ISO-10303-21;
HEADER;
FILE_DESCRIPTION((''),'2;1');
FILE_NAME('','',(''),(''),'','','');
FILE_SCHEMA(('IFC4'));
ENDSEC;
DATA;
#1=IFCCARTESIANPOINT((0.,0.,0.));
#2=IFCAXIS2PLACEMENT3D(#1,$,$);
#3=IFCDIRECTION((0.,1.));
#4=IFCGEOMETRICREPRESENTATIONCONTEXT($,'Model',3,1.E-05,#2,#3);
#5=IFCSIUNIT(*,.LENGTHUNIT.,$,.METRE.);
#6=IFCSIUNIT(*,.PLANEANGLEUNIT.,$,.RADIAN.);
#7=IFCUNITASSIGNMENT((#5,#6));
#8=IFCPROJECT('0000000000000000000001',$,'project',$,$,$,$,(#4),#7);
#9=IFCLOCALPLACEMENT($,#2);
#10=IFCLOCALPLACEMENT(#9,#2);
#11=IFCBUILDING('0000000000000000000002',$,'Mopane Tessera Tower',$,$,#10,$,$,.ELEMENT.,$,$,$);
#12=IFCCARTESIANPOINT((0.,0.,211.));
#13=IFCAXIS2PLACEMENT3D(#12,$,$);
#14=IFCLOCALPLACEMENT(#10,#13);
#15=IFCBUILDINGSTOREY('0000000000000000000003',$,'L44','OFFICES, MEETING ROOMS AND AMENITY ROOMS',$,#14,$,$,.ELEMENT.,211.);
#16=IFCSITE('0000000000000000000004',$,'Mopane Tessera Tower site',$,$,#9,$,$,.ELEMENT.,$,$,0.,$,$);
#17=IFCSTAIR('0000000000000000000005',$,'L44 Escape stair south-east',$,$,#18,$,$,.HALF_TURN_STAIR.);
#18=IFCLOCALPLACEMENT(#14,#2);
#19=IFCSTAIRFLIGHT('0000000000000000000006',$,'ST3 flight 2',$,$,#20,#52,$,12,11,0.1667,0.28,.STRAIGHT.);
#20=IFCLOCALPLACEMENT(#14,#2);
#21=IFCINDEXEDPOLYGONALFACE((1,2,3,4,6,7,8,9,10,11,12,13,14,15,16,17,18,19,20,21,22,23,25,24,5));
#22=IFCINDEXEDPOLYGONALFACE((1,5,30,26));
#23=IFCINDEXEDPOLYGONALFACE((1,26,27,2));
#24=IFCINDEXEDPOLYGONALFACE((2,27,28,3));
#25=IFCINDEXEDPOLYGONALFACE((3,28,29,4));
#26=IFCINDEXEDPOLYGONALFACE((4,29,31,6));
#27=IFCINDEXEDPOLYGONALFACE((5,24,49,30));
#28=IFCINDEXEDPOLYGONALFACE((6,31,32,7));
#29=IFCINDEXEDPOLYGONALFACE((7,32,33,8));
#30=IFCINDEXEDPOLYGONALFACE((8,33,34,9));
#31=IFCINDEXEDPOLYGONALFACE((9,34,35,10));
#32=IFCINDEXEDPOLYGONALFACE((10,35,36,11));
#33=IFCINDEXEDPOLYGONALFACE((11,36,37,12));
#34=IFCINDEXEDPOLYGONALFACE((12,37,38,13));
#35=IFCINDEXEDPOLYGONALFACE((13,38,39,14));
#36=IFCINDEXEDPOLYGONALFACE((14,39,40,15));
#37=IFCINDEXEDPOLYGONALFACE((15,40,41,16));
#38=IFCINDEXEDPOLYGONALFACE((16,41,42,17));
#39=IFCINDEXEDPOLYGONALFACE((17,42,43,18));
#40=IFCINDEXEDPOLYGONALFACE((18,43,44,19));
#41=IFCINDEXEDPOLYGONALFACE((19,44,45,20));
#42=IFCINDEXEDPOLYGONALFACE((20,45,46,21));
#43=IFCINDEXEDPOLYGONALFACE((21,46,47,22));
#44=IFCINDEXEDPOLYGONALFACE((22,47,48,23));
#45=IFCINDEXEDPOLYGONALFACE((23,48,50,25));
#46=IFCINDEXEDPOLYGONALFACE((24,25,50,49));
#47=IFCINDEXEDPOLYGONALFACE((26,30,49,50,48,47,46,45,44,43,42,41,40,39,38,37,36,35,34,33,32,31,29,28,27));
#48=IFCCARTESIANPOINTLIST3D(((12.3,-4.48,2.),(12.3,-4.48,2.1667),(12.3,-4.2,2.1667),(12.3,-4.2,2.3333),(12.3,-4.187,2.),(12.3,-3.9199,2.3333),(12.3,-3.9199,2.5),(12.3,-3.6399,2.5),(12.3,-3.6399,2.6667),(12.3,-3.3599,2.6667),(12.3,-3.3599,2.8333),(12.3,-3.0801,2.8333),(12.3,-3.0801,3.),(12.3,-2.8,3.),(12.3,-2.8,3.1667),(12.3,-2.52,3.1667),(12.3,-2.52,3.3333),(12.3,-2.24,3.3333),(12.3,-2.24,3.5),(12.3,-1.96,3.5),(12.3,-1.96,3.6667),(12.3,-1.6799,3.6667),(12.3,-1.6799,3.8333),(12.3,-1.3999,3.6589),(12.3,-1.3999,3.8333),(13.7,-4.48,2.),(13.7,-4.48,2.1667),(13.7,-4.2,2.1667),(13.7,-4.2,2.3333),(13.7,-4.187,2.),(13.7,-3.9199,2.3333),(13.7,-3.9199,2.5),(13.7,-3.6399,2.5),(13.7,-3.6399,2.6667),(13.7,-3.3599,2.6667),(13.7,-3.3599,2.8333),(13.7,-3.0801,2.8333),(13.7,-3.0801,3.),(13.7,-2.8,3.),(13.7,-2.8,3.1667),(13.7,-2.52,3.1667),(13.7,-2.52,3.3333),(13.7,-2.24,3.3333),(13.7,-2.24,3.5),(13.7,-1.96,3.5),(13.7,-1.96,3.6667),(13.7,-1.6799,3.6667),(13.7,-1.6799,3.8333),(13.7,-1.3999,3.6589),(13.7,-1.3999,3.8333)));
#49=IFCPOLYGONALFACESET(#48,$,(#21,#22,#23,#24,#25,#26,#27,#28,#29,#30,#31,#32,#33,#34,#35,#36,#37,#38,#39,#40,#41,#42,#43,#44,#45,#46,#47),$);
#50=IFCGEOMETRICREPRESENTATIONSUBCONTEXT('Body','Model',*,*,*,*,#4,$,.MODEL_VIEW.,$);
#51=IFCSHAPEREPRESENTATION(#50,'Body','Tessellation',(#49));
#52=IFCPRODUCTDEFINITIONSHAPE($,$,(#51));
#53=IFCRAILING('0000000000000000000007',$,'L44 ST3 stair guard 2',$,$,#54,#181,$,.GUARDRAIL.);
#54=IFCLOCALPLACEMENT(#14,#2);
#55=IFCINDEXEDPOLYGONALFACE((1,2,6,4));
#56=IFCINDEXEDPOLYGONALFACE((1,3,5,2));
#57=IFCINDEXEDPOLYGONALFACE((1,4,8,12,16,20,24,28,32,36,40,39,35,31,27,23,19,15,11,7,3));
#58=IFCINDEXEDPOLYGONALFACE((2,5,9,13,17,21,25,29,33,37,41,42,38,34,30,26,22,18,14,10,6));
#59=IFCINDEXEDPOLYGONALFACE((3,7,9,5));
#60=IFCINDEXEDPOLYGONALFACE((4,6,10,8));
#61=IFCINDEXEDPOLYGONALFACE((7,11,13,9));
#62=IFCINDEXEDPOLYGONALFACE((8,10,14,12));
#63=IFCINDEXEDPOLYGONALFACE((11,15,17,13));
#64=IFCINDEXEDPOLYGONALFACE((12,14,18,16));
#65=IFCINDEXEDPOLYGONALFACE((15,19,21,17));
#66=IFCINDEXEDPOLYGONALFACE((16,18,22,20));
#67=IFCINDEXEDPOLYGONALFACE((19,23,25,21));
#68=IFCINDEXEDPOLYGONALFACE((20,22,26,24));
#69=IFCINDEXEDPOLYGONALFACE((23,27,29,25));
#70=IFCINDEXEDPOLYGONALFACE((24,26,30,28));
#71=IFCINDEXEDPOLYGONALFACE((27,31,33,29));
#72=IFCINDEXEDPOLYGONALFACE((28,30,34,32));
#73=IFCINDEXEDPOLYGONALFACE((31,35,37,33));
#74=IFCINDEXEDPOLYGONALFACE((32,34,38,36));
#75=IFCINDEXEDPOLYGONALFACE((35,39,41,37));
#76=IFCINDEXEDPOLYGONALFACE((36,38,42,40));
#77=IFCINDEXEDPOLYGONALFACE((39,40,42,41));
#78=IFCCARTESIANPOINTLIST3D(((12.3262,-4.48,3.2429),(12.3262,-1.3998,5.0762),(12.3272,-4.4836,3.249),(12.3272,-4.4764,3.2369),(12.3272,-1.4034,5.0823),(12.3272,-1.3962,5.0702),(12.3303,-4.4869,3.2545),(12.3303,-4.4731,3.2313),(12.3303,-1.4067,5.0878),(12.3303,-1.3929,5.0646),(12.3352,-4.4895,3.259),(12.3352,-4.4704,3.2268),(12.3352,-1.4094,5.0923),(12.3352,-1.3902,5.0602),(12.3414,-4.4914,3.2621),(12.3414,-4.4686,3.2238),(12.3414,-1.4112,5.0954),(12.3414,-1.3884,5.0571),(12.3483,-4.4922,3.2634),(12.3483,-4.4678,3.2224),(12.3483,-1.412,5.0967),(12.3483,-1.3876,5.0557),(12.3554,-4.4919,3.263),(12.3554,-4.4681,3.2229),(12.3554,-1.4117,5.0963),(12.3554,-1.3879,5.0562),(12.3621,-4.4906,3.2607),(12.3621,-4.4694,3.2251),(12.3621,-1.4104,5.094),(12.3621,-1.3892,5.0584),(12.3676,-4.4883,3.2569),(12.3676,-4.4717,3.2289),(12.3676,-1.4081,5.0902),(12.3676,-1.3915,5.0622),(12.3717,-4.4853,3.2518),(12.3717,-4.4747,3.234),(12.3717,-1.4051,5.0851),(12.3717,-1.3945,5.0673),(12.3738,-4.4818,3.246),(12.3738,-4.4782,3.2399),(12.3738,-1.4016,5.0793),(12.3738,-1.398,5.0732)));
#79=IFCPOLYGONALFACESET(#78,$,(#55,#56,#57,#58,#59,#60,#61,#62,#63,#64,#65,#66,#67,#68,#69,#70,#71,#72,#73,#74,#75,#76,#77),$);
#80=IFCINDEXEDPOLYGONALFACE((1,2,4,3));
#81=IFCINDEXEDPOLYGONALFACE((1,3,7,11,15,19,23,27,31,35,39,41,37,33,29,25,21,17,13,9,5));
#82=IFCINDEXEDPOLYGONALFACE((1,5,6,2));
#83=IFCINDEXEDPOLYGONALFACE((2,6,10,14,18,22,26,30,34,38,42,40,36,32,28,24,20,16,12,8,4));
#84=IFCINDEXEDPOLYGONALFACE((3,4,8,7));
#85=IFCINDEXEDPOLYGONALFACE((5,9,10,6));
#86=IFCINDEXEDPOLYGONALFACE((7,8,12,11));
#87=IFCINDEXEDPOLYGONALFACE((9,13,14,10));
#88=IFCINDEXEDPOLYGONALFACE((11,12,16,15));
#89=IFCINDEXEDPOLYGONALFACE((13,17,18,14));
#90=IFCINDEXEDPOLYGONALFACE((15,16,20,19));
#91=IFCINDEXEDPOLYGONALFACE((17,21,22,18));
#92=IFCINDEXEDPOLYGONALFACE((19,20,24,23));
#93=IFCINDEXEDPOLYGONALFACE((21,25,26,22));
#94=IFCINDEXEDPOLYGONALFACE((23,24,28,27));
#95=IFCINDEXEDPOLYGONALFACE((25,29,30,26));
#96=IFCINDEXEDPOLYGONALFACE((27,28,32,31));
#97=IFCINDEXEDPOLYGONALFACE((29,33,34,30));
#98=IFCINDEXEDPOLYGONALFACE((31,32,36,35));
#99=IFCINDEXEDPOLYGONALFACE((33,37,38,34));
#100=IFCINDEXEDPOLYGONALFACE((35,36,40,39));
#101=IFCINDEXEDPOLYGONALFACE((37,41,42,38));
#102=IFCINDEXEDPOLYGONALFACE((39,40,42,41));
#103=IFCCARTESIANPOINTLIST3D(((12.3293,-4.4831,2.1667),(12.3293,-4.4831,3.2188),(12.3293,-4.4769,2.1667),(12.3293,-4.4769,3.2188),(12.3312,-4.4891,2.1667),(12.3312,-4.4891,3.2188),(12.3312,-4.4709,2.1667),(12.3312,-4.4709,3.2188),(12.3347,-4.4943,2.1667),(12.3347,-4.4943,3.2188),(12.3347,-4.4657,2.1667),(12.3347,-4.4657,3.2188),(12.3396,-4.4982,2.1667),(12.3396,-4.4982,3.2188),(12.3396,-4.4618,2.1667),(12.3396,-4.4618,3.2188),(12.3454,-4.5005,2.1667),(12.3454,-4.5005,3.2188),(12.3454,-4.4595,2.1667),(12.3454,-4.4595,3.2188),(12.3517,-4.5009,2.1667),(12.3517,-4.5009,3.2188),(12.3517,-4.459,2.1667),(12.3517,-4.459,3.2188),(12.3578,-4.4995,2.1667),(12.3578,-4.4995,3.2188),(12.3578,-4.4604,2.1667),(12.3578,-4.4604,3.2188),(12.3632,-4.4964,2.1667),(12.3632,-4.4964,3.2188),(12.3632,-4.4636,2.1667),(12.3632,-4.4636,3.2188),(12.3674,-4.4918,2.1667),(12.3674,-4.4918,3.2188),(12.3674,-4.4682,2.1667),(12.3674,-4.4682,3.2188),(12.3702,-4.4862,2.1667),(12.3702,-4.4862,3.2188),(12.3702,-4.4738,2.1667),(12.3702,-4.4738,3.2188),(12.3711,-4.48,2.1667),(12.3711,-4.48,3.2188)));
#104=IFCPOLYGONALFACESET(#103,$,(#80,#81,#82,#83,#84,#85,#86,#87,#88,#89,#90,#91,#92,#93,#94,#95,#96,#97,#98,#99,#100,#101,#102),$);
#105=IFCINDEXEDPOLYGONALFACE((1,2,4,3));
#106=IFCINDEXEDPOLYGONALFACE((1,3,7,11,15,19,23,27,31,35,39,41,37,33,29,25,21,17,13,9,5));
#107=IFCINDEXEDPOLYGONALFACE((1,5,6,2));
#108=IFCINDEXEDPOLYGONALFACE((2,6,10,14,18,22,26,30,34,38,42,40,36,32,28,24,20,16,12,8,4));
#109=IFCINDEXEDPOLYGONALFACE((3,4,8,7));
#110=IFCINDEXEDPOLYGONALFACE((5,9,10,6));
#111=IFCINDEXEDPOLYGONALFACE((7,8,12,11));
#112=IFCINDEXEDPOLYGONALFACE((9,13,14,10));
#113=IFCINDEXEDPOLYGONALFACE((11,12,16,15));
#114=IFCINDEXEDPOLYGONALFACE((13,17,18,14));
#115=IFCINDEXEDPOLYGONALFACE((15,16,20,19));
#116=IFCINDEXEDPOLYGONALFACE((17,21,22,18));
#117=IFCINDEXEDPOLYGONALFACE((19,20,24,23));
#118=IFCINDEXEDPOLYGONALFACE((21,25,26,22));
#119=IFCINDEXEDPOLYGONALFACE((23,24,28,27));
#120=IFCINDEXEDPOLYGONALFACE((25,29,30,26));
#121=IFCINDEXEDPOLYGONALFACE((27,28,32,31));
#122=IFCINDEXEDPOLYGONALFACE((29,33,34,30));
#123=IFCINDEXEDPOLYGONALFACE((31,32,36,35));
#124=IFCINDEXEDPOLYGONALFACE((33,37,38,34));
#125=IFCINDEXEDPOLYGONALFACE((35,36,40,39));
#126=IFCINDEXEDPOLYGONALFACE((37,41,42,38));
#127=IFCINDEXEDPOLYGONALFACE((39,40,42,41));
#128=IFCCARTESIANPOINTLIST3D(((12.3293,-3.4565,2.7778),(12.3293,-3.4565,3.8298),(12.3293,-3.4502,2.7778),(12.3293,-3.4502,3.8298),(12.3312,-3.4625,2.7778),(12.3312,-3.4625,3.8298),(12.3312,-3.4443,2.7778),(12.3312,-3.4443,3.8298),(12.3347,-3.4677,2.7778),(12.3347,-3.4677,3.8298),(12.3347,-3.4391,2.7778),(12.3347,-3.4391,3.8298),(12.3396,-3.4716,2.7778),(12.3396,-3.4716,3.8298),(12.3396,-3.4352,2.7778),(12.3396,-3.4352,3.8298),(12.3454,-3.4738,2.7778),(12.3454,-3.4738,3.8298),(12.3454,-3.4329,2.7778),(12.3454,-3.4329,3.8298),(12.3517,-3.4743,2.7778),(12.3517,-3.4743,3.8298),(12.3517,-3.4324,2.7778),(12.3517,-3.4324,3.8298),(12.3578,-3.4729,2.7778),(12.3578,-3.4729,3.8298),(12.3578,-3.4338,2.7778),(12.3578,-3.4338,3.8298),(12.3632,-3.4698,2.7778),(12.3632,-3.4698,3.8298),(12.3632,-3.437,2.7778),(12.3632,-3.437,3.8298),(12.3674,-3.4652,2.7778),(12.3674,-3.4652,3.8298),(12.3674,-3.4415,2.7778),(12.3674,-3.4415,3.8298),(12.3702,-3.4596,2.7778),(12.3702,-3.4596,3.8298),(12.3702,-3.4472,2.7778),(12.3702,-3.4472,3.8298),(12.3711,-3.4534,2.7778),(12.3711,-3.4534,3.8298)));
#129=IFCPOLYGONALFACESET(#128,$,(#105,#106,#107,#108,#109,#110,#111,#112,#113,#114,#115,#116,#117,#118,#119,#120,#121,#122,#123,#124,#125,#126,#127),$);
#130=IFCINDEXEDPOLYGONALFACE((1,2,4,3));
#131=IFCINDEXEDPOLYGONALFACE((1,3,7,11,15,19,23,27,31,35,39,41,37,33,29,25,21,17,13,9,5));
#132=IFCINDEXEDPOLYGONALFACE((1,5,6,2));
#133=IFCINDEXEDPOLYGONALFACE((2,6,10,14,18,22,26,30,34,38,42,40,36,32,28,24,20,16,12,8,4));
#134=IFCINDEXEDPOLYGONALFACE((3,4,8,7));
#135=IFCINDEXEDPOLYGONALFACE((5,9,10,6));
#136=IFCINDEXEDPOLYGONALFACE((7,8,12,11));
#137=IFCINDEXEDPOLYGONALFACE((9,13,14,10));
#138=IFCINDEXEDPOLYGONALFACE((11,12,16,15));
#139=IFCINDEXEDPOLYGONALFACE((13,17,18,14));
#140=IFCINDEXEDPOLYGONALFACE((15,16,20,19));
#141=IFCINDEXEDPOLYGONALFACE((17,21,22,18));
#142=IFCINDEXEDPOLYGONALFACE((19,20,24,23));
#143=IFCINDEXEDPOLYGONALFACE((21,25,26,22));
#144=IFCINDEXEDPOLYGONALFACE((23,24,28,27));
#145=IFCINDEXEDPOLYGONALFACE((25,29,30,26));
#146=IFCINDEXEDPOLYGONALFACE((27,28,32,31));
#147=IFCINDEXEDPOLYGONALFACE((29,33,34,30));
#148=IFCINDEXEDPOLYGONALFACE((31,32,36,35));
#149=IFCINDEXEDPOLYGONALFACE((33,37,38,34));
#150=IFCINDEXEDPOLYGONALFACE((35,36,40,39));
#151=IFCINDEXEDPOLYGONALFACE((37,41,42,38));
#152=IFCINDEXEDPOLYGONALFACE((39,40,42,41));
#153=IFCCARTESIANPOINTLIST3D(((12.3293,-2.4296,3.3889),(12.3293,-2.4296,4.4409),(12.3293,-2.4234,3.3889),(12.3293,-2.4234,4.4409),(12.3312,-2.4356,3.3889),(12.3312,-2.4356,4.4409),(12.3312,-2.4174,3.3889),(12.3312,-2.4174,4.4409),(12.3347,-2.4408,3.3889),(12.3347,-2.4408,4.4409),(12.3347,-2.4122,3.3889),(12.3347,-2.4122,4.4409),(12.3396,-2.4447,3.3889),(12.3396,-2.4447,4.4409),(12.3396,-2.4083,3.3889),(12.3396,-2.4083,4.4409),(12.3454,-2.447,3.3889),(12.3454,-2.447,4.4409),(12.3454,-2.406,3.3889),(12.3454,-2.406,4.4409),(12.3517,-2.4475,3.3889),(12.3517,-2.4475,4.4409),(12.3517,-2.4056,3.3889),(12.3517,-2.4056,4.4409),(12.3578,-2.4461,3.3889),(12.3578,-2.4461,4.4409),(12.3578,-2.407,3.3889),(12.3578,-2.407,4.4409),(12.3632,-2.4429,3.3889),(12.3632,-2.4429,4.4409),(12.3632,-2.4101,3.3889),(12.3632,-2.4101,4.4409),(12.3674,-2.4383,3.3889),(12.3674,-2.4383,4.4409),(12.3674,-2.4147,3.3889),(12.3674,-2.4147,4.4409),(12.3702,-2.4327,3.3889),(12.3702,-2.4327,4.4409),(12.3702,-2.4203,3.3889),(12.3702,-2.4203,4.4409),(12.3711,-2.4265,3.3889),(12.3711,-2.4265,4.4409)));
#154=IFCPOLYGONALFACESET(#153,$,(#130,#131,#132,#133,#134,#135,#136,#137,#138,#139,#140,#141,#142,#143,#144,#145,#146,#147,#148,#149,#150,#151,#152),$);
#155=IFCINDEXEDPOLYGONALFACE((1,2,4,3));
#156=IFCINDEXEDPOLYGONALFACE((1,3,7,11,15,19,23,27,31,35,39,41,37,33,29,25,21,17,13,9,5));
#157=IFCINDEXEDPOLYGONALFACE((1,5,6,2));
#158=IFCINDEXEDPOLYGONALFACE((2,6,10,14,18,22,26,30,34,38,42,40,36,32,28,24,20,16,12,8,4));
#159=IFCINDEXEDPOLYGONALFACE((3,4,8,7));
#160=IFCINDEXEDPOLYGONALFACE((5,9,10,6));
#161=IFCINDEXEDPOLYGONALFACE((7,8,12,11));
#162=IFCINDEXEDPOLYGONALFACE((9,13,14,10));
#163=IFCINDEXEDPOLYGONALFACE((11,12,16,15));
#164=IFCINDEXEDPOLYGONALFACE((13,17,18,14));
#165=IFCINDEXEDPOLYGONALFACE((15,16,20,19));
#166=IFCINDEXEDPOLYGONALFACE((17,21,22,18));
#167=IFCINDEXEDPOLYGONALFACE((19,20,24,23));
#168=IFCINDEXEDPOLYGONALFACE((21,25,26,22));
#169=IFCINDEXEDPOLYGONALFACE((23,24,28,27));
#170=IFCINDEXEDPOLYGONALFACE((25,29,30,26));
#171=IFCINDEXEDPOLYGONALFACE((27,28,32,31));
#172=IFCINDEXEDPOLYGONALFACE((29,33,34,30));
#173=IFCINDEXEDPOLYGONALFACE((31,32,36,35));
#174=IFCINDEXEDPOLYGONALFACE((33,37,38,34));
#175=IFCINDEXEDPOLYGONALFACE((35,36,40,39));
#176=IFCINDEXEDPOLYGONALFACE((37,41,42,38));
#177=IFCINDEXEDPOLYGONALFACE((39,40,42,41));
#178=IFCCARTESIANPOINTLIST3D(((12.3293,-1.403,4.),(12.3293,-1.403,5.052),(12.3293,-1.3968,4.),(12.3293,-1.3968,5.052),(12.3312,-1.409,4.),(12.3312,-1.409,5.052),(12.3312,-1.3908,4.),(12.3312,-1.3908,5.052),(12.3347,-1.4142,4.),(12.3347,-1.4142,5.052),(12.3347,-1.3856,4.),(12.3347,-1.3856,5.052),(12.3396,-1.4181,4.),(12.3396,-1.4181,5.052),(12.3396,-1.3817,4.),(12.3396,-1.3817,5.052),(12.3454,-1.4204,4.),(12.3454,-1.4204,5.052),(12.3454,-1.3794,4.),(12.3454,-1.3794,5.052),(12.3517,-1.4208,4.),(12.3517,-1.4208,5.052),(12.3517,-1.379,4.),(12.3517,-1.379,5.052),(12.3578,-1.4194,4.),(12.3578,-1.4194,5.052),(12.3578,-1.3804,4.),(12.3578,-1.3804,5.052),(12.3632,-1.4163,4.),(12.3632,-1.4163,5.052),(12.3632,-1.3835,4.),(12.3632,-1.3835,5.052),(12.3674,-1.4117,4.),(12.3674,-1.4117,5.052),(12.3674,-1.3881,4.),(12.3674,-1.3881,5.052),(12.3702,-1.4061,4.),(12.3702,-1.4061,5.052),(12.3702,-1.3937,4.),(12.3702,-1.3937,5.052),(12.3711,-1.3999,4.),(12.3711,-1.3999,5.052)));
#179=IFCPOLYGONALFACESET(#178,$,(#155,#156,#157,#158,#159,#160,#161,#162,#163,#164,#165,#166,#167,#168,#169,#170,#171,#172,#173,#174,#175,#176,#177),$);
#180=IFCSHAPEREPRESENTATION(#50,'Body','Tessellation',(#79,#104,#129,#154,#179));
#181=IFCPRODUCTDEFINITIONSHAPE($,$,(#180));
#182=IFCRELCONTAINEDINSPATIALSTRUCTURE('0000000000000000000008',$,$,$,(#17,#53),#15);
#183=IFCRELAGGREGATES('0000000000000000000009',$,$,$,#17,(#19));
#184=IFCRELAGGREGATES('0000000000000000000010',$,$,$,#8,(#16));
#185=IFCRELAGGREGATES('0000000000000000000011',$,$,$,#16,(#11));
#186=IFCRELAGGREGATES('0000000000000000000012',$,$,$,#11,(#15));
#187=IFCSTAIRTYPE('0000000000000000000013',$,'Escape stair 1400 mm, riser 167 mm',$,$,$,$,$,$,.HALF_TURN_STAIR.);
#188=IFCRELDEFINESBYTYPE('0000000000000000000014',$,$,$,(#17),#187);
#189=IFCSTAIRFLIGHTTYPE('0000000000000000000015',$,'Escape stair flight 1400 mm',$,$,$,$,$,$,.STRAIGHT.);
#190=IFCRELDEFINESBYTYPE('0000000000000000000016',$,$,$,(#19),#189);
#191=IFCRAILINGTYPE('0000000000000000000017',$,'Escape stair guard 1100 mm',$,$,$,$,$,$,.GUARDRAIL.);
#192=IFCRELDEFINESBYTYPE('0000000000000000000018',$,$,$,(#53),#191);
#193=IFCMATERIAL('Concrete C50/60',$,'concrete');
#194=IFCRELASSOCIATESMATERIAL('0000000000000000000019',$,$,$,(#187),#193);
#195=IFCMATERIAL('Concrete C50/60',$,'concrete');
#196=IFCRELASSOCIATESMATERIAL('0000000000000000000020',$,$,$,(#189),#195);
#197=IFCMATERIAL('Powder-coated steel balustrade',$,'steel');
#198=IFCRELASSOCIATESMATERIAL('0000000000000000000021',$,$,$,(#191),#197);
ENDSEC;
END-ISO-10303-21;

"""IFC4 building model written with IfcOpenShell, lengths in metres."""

from ifc_helpers import new_model, si_unit, direction, frame, origin, origin_2d, place, context, subcontext, project, spatial, polyline, circle, outline, extrude, material, type_object, element, aggregate, save


model = new_model("IFC4")

# Units and contexts
model_context = context("Model", 3, precision=1e-05, world=origin(), true_north=direction((0.0, 1.0)))
body_context = subcontext(model_context, "Body", "Model", "MODEL_VIEW")
ifc_project = project(units=[si_unit("LENGTHUNIT", "METRE"), si_unit("PLANEANGLEUNIT", "RADIAN")], contexts=[model_context])

# Site, building, storey
site_placement = place(None, origin())
site = spatial("IfcSite", under=ifc_project, at=site_placement, Name="Mopane Tessera Tower site", CompositionType="ELEMENT", RefElevation=0.0)
building_placement = place(site_placement, origin())
building = spatial("IfcBuilding", under=site, at=building_placement, Name="Mopane Tessera Tower", CompositionType="ELEMENT")
storey_placement = place(building_placement, frame((0.0, 0.0, 211.0)))
storey = spatial("IfcBuildingStorey", under=building, at=storey_placement, Name="L44", Description="OFFICES, MEETING ROOMS AND AMENITY ROOMS", CompositionType="ELEMENT", Elevation=211.0)

# Shared definitions
ifc_material_1 = material(Name="Concrete C50/60", Category="concrete")
stair_type = type_object("IfcStairType", Name="Escape stair 1400 mm, riser 167 mm", PredefinedType="HALF_TURN_STAIR", material=ifc_material_1)

# Stair, stair flight
stair_1_placement = place(storey_placement, origin())
stair_1 = element("IfcStair", 1, at=stair_1_placement, inside=storey, type_object=stair_type, Name="L44 Escape stair south-east", PredefinedType="HALF_TURN_STAIR")
ifc_material_2 = material(Name="Concrete C50/60", Category="concrete")
stair_flight_type = type_object("IfcStairFlightType", Name="Escape stair flight 1400 mm", PredefinedType="STRAIGHT", material=ifc_material_2)
stair_flight_1_placement = place(storey_placement, frame((13.0, -4.48, 2.0), z_axis=(0.0, 0.0, 1.0), x_axis=(0.0, 1.0, 0.0)))
stair_flight_1 = element("IfcStairFlight", 2, at=stair_flight_1_placement, type_object=stair_flight_type, Name="ST3 flight 2", NumberOfRisers=12, NumberOfTreads=11, PredefinedType="STRAIGHT", RiserHeight=0.1667, TreadLength=0.28, context=body_context, shape_type="SweptSolid", body=[
    extrude(outline(polyline([(0.0, 0.0), (0.0, 0.1667), (0.28, 0.1667), (0.28, 0.3333), (0.5601, 0.3333), (0.5601, 0.5), (0.8401, 0.5), (0.8401, 0.6667), (1.1201, 0.6667), (1.1201, 0.8333), (1.3999, 0.8333), (1.3999, 1.0), (1.6799, 1.0), (1.6799, 1.1667), (1.96, 1.1667), (1.96, 1.3333), (2.24, 1.3333), (2.24, 1.5), (2.52, 1.5), (2.52, 1.6667), (2.8, 1.6667), (2.8, 1.8333), (3.0801, 1.8333), (3.0801, 2.0), (3.0801, 1.6589), (0.293, 0.0), (0.0, 0.0)])), frame((0.0, 0.7, 0.0), z_axis=(0.0, -1.0, 0.0), x_axis=(1.0, 0.0, 0.0)), (0.0, 0.0, 1.0), 1.3999),
])
aggregate(stair_1, [stair_flight_1])

# Railing
ifc_material_3 = material(Name="Powder-coated steel balustrade", Category="steel")
railing_type_1 = type_object("IfcRailingType", Name="Escape stair guard 1100 mm", PredefinedType="GUARDRAIL", material=ifc_material_3)
railing_1_placement = place(storey_placement, frame((12.3501, -4.48, 2.1667)))
element("IfcRailing", 3, at=railing_1_placement, inside=storey, type_object=railing_type_1, Name="L44 ST3 stair guard 2", PredefinedType="GUARDRAIL", context=body_context, shape_type="SweptSolid", body=[
    extrude(circle(Radius=0.0239, at=origin_2d()), frame((0.0, 0.0, 1.0762), z_axis=(0.0, 0.859309, 0.511458), x_axis=(-1.0, 0.0, 0.0)), (0.0, 0.0, 1.0), 3.5845),
    extrude(circle(Radius=0.021, at=origin_2d()), origin(), (0.0, 0.0, 1.0), 1.052),
    extrude(circle(Radius=0.021, at=origin_2d()), frame((0.0, 1.0266, 0.6111)), (0.0, 0.0, 1.0), 1.052),
    extrude(circle(Radius=0.021, at=origin_2d()), frame((0.0, 2.0535, 1.2222)), (0.0, 0.0, 1.0), 1.052),
    extrude(circle(Radius=0.021, at=origin_2d()), frame((0.0, 3.0801, 1.8333)), (0.0, 0.0, 1.0), 1.052),
])

save(model, "model.ifc")
